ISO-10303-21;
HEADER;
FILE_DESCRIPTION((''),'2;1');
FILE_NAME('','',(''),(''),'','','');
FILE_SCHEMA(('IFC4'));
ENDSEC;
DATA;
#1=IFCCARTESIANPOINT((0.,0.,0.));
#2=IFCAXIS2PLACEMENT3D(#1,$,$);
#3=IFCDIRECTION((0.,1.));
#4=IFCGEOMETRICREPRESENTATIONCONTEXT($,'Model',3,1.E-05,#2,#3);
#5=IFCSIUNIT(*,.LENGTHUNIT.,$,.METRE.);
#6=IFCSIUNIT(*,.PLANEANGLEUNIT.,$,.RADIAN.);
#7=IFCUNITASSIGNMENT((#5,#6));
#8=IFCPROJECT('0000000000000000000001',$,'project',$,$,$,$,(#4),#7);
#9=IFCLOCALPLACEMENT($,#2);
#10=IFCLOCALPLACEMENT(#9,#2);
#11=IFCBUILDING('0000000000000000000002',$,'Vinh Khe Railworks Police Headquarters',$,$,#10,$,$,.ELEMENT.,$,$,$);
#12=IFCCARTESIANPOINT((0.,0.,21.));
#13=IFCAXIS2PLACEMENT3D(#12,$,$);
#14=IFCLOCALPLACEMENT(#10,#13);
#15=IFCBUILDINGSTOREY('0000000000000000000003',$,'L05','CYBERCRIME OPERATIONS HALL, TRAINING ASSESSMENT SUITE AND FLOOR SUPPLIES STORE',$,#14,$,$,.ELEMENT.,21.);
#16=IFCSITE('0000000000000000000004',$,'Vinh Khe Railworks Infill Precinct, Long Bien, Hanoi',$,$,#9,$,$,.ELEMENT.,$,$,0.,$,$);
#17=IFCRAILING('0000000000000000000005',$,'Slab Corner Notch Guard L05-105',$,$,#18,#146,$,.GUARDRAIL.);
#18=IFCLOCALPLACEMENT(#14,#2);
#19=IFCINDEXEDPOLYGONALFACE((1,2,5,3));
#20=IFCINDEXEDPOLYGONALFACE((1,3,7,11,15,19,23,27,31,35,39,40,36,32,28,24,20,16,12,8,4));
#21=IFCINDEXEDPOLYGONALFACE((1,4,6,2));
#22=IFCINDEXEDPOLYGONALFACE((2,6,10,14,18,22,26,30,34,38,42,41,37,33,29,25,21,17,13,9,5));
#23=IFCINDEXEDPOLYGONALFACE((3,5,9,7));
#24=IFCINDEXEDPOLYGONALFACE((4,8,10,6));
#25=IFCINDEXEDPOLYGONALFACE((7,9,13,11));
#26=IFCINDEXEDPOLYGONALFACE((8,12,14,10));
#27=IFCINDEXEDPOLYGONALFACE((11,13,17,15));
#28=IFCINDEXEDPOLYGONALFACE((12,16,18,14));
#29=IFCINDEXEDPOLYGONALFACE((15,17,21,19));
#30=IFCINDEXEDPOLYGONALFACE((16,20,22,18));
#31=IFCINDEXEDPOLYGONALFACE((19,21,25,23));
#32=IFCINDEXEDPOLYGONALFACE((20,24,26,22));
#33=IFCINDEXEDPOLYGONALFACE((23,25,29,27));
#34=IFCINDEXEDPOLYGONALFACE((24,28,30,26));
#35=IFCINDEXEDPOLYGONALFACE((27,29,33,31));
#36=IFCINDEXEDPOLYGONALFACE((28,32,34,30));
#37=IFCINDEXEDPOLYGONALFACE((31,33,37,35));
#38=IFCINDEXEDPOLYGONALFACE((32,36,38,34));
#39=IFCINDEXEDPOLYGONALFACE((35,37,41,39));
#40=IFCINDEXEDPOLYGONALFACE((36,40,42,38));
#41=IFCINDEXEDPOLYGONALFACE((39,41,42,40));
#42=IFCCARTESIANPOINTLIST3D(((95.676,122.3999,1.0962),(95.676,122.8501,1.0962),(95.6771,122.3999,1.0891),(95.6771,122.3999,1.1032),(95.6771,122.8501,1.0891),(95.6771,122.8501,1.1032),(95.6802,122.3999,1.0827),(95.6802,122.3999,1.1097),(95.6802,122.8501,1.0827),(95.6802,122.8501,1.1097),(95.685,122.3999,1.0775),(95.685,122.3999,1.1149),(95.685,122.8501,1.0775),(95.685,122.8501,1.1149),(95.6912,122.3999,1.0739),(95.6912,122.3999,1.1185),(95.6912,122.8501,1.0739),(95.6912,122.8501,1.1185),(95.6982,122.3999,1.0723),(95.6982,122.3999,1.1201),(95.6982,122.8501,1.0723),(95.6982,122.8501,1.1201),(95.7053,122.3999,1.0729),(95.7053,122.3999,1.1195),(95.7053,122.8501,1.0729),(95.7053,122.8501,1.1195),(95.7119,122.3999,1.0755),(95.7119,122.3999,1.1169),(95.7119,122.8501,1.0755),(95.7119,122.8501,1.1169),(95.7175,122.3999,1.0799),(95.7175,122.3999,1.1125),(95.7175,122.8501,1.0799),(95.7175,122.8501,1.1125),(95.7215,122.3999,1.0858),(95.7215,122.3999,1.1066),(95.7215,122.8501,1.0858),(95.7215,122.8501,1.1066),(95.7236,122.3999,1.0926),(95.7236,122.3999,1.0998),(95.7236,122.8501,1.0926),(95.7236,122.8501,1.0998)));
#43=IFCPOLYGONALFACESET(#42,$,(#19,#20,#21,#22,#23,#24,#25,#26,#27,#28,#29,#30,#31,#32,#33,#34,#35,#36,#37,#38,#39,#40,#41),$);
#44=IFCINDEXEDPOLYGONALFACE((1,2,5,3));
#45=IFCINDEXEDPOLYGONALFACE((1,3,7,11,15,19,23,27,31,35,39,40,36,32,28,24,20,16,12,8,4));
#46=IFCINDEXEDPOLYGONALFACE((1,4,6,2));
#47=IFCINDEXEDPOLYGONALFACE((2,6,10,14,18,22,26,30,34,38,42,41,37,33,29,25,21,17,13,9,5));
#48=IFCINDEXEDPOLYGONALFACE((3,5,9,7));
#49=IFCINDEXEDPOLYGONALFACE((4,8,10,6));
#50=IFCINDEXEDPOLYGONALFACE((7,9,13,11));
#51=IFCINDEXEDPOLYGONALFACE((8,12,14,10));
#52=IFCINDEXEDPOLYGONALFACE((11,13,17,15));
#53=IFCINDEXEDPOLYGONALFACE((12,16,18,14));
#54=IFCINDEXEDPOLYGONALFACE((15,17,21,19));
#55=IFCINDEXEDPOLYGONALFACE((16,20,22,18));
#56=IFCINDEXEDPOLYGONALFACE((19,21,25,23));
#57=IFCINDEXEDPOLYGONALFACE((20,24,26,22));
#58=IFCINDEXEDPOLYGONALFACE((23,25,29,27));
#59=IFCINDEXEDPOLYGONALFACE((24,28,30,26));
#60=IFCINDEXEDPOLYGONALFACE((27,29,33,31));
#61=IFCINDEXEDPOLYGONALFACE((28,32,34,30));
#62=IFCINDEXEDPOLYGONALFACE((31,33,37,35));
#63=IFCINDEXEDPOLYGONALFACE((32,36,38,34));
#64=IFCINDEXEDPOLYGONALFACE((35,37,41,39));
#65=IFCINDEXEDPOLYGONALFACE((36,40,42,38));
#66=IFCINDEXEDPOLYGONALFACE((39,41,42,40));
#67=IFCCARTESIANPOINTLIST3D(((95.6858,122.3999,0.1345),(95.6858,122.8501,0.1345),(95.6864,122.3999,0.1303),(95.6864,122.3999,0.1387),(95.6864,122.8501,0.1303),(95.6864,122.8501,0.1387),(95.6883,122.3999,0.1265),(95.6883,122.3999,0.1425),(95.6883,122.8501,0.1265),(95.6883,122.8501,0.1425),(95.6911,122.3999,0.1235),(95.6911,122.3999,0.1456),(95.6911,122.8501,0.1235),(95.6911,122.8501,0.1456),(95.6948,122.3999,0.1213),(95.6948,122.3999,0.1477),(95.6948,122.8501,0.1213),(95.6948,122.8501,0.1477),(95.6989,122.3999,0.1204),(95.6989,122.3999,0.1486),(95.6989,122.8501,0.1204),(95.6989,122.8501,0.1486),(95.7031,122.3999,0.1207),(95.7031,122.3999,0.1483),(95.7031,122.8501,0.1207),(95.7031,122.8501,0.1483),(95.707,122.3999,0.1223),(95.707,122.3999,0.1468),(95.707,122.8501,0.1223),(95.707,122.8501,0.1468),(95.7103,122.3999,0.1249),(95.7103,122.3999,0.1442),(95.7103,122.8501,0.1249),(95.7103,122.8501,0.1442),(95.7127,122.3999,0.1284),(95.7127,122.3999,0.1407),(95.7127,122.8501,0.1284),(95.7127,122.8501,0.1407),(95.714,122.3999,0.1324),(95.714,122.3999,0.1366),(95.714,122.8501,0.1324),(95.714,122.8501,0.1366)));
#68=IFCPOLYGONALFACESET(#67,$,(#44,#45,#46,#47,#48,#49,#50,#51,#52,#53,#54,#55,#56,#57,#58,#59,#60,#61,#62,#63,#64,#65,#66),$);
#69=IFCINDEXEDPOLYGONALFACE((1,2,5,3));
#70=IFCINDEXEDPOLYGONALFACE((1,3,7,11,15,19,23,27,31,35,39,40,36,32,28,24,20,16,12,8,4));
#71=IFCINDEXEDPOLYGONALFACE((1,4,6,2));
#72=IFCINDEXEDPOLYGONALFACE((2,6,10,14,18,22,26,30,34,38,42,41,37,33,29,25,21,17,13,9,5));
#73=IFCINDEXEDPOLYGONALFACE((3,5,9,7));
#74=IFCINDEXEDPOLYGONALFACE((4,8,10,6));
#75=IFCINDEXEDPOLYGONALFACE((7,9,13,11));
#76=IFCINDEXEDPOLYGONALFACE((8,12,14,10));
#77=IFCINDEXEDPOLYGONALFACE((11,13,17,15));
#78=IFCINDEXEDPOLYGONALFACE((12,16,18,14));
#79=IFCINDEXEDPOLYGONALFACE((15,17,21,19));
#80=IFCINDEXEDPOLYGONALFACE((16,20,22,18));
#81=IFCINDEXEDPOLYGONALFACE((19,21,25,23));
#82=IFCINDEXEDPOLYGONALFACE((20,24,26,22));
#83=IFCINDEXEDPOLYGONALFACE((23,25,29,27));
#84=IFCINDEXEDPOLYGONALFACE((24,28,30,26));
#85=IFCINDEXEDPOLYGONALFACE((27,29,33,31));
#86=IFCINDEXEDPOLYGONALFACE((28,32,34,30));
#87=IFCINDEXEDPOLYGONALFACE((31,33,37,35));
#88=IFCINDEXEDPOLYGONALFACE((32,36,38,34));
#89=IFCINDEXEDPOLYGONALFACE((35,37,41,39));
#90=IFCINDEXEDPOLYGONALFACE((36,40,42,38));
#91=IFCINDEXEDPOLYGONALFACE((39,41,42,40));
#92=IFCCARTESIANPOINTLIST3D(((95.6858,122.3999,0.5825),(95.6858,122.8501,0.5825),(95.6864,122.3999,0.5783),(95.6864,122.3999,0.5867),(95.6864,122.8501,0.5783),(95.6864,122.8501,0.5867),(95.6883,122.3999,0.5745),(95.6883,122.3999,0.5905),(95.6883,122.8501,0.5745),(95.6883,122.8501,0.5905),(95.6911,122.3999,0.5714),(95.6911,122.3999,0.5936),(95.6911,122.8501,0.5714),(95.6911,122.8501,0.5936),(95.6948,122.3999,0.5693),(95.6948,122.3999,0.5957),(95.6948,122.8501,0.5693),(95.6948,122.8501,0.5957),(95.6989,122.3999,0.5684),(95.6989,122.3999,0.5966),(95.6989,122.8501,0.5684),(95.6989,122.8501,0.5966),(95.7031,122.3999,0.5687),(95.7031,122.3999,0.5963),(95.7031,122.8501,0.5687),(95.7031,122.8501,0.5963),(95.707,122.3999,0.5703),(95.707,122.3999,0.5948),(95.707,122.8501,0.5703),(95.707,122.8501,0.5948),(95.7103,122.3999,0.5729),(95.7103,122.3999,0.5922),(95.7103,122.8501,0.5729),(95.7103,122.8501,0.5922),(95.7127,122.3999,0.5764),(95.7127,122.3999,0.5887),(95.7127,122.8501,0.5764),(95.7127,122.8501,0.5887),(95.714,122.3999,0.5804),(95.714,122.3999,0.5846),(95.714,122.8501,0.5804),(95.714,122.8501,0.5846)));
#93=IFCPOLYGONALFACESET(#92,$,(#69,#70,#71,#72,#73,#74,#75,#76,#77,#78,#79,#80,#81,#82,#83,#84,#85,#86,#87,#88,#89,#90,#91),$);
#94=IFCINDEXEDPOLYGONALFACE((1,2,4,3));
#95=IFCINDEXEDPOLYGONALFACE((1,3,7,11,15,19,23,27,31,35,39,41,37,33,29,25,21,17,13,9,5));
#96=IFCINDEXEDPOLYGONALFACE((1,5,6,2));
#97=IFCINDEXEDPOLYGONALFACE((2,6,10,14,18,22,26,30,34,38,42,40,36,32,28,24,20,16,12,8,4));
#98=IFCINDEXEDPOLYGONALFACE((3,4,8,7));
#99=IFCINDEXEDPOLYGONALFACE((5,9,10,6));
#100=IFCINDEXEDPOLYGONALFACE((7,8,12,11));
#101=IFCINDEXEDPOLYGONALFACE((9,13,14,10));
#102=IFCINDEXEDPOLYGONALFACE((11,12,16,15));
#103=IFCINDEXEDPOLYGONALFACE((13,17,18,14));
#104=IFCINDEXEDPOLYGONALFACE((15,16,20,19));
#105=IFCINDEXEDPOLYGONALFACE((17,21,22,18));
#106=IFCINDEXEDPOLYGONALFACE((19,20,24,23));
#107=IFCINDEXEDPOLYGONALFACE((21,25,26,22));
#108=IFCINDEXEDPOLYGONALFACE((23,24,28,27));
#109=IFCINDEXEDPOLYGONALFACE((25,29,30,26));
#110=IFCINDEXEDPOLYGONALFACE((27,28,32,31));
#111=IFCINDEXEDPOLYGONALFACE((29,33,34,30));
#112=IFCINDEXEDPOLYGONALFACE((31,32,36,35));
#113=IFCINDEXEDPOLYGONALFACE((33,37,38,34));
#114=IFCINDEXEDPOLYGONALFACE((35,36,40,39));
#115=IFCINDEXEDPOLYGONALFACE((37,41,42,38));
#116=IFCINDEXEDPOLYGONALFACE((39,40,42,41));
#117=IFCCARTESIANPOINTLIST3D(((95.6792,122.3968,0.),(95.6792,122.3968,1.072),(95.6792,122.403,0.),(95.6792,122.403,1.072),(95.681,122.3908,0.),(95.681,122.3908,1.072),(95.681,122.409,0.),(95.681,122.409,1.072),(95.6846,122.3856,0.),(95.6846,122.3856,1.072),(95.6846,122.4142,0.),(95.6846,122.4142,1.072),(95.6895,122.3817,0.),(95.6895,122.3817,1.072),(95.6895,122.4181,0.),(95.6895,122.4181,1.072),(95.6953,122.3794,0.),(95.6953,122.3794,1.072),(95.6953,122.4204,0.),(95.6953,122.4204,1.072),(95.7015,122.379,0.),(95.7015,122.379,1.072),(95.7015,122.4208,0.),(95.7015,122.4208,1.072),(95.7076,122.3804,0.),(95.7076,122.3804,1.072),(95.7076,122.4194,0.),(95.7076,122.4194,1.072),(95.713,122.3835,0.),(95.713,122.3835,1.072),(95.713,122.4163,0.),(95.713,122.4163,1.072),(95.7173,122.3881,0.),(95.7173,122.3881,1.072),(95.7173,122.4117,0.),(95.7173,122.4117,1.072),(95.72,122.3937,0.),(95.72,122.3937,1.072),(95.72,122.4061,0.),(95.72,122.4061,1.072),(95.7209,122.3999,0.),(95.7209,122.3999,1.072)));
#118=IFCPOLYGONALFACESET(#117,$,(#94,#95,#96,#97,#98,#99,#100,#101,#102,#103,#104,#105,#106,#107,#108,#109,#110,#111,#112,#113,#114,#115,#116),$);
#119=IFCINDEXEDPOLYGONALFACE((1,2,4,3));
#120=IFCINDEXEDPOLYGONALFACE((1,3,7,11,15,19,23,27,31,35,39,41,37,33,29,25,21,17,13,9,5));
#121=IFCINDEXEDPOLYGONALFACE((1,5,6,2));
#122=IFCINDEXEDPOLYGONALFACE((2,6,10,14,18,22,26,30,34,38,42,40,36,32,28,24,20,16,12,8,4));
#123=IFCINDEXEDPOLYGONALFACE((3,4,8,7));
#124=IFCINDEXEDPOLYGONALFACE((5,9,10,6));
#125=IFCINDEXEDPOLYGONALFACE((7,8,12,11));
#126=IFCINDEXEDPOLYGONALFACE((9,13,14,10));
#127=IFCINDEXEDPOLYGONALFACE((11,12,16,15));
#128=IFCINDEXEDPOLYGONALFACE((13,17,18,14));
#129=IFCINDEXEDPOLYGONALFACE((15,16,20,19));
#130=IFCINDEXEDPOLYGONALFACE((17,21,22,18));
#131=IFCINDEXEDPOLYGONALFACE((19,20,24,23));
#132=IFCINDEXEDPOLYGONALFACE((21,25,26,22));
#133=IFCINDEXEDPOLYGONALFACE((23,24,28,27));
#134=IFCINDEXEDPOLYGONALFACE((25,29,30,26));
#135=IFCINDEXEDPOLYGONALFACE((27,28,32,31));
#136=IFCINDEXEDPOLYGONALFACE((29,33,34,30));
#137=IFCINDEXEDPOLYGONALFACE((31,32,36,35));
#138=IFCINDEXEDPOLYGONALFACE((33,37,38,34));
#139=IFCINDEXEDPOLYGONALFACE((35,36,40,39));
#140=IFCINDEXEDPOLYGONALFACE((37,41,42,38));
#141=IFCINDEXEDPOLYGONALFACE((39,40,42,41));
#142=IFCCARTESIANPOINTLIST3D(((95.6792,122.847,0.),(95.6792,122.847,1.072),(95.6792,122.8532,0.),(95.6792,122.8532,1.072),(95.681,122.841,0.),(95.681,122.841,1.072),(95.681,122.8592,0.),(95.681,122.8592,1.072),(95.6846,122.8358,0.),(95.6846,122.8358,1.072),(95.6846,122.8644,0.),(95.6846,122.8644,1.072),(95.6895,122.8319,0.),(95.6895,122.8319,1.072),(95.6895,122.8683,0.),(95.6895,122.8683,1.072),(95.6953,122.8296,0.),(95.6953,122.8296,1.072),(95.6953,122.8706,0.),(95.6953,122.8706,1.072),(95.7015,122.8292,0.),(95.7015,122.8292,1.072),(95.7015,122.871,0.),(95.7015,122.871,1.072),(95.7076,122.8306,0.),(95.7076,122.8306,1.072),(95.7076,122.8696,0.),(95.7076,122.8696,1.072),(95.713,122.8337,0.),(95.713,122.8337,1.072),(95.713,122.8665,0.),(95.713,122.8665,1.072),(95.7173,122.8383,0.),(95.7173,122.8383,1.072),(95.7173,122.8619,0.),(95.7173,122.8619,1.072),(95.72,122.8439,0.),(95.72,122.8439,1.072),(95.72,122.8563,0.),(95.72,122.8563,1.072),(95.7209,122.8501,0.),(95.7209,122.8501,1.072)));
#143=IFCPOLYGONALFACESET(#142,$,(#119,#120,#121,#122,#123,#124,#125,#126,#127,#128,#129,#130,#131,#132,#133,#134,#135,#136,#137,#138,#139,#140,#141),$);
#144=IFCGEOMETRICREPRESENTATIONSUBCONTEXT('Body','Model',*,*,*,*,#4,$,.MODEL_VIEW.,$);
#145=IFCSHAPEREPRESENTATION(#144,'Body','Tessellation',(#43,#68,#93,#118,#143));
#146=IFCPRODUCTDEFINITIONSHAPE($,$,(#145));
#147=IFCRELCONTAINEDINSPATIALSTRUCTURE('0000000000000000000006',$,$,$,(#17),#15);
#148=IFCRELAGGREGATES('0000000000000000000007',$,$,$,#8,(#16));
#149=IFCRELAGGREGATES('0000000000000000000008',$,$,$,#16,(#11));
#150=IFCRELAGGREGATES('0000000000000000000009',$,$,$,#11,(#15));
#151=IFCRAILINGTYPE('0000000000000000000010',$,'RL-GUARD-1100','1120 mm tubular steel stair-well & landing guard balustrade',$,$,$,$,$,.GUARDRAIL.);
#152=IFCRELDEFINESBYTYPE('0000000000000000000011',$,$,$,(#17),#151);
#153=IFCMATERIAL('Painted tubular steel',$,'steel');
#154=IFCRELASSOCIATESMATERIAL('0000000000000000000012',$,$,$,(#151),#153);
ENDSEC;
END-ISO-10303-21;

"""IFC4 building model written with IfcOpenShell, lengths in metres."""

from ifc_helpers import new_model, si_unit, direction, frame, origin, origin_2d, place, context, subcontext, project, spatial, circle, extrude, material, type_object, element, save


model = new_model("IFC4")

# Units and contexts
model_context = context("Model", 3, precision=1e-05, world=origin(), true_north=direction((0.0, 1.0)))
body_context = subcontext(model_context, "Body", "Model", "MODEL_VIEW")
ifc_project = project(units=[si_unit("LENGTHUNIT", "METRE"), si_unit("PLANEANGLEUNIT", "RADIAN")], contexts=[model_context])

# Site, building, storey
site_placement = place(None, origin())
site = spatial("IfcSite", under=ifc_project, at=site_placement, Name="Vinh Khe Railworks Infill Precinct, Long Bien, Hanoi", CompositionType="ELEMENT", RefElevation=0.0)
building_placement = place(site_placement, origin())
building = spatial("IfcBuilding", under=site, at=building_placement, Name="Vinh Khe Railworks Police Headquarters", CompositionType="ELEMENT")
storey_placement = place(building_placement, frame((0.0, 0.0, 21.0)))
storey = spatial("IfcBuildingStorey", under=building, at=storey_placement, Name="L05", Description="CYBERCRIME OPERATIONS HALL, TRAINING ASSESSMENT SUITE AND FLOOR SUPPLIES STORE", CompositionType="ELEMENT", Elevation=21.0)

# Railing
ifc_material_1 = material(Name="Painted tubular steel", Category="steel")
railing_type = type_object("IfcRailingType", Name="RL-GUARD-1100", Description="1120 mm tubular steel stair-well & landing guard balustrade", PredefinedType="GUARDRAIL", material=ifc_material_1)
railing_1_placement = place(storey_placement, frame((95.7, 122.3999, 0.0)))
element("IfcRailing", 1, at=railing_1_placement, inside=storey, type_object=railing_type, Name="Slab Corner Notch Guard L05-105", PredefinedType="GUARDRAIL", context=body_context, shape_type="SweptSolid", body=[
    extrude(circle(Radius=0.0239, at=origin_2d()), frame((0.0, 0.0, 1.0962), z_axis=(0.0, 1.0, 0.0), x_axis=(-1.0, 0.0, 0.0)), (0.0, 0.0, 1.0), 0.4502),
    extrude(circle(Radius=0.0142, at=origin_2d()), frame((0.0, 0.0, 0.1345), z_axis=(0.0, 1.0, 0.0), x_axis=(-1.0, 0.0, 0.0)), (0.0, 0.0, 1.0), 0.4502),
    extrude(circle(Radius=0.0142, at=origin_2d()), frame((0.0, 0.0, 0.5825), z_axis=(0.0, 1.0, 0.0), x_axis=(-1.0, 0.0, 0.0)), (0.0, 0.0, 1.0), 0.4502),
    extrude(circle(Radius=0.021, at=origin_2d()), origin(), (0.0, 0.0, 1.0), 1.072),
    extrude(circle(Radius=0.021, at=origin_2d()), frame((0.0, 0.4502, 0.0)), (0.0, 0.0, 1.0), 1.072),
])

save(model, "model.ifc")
